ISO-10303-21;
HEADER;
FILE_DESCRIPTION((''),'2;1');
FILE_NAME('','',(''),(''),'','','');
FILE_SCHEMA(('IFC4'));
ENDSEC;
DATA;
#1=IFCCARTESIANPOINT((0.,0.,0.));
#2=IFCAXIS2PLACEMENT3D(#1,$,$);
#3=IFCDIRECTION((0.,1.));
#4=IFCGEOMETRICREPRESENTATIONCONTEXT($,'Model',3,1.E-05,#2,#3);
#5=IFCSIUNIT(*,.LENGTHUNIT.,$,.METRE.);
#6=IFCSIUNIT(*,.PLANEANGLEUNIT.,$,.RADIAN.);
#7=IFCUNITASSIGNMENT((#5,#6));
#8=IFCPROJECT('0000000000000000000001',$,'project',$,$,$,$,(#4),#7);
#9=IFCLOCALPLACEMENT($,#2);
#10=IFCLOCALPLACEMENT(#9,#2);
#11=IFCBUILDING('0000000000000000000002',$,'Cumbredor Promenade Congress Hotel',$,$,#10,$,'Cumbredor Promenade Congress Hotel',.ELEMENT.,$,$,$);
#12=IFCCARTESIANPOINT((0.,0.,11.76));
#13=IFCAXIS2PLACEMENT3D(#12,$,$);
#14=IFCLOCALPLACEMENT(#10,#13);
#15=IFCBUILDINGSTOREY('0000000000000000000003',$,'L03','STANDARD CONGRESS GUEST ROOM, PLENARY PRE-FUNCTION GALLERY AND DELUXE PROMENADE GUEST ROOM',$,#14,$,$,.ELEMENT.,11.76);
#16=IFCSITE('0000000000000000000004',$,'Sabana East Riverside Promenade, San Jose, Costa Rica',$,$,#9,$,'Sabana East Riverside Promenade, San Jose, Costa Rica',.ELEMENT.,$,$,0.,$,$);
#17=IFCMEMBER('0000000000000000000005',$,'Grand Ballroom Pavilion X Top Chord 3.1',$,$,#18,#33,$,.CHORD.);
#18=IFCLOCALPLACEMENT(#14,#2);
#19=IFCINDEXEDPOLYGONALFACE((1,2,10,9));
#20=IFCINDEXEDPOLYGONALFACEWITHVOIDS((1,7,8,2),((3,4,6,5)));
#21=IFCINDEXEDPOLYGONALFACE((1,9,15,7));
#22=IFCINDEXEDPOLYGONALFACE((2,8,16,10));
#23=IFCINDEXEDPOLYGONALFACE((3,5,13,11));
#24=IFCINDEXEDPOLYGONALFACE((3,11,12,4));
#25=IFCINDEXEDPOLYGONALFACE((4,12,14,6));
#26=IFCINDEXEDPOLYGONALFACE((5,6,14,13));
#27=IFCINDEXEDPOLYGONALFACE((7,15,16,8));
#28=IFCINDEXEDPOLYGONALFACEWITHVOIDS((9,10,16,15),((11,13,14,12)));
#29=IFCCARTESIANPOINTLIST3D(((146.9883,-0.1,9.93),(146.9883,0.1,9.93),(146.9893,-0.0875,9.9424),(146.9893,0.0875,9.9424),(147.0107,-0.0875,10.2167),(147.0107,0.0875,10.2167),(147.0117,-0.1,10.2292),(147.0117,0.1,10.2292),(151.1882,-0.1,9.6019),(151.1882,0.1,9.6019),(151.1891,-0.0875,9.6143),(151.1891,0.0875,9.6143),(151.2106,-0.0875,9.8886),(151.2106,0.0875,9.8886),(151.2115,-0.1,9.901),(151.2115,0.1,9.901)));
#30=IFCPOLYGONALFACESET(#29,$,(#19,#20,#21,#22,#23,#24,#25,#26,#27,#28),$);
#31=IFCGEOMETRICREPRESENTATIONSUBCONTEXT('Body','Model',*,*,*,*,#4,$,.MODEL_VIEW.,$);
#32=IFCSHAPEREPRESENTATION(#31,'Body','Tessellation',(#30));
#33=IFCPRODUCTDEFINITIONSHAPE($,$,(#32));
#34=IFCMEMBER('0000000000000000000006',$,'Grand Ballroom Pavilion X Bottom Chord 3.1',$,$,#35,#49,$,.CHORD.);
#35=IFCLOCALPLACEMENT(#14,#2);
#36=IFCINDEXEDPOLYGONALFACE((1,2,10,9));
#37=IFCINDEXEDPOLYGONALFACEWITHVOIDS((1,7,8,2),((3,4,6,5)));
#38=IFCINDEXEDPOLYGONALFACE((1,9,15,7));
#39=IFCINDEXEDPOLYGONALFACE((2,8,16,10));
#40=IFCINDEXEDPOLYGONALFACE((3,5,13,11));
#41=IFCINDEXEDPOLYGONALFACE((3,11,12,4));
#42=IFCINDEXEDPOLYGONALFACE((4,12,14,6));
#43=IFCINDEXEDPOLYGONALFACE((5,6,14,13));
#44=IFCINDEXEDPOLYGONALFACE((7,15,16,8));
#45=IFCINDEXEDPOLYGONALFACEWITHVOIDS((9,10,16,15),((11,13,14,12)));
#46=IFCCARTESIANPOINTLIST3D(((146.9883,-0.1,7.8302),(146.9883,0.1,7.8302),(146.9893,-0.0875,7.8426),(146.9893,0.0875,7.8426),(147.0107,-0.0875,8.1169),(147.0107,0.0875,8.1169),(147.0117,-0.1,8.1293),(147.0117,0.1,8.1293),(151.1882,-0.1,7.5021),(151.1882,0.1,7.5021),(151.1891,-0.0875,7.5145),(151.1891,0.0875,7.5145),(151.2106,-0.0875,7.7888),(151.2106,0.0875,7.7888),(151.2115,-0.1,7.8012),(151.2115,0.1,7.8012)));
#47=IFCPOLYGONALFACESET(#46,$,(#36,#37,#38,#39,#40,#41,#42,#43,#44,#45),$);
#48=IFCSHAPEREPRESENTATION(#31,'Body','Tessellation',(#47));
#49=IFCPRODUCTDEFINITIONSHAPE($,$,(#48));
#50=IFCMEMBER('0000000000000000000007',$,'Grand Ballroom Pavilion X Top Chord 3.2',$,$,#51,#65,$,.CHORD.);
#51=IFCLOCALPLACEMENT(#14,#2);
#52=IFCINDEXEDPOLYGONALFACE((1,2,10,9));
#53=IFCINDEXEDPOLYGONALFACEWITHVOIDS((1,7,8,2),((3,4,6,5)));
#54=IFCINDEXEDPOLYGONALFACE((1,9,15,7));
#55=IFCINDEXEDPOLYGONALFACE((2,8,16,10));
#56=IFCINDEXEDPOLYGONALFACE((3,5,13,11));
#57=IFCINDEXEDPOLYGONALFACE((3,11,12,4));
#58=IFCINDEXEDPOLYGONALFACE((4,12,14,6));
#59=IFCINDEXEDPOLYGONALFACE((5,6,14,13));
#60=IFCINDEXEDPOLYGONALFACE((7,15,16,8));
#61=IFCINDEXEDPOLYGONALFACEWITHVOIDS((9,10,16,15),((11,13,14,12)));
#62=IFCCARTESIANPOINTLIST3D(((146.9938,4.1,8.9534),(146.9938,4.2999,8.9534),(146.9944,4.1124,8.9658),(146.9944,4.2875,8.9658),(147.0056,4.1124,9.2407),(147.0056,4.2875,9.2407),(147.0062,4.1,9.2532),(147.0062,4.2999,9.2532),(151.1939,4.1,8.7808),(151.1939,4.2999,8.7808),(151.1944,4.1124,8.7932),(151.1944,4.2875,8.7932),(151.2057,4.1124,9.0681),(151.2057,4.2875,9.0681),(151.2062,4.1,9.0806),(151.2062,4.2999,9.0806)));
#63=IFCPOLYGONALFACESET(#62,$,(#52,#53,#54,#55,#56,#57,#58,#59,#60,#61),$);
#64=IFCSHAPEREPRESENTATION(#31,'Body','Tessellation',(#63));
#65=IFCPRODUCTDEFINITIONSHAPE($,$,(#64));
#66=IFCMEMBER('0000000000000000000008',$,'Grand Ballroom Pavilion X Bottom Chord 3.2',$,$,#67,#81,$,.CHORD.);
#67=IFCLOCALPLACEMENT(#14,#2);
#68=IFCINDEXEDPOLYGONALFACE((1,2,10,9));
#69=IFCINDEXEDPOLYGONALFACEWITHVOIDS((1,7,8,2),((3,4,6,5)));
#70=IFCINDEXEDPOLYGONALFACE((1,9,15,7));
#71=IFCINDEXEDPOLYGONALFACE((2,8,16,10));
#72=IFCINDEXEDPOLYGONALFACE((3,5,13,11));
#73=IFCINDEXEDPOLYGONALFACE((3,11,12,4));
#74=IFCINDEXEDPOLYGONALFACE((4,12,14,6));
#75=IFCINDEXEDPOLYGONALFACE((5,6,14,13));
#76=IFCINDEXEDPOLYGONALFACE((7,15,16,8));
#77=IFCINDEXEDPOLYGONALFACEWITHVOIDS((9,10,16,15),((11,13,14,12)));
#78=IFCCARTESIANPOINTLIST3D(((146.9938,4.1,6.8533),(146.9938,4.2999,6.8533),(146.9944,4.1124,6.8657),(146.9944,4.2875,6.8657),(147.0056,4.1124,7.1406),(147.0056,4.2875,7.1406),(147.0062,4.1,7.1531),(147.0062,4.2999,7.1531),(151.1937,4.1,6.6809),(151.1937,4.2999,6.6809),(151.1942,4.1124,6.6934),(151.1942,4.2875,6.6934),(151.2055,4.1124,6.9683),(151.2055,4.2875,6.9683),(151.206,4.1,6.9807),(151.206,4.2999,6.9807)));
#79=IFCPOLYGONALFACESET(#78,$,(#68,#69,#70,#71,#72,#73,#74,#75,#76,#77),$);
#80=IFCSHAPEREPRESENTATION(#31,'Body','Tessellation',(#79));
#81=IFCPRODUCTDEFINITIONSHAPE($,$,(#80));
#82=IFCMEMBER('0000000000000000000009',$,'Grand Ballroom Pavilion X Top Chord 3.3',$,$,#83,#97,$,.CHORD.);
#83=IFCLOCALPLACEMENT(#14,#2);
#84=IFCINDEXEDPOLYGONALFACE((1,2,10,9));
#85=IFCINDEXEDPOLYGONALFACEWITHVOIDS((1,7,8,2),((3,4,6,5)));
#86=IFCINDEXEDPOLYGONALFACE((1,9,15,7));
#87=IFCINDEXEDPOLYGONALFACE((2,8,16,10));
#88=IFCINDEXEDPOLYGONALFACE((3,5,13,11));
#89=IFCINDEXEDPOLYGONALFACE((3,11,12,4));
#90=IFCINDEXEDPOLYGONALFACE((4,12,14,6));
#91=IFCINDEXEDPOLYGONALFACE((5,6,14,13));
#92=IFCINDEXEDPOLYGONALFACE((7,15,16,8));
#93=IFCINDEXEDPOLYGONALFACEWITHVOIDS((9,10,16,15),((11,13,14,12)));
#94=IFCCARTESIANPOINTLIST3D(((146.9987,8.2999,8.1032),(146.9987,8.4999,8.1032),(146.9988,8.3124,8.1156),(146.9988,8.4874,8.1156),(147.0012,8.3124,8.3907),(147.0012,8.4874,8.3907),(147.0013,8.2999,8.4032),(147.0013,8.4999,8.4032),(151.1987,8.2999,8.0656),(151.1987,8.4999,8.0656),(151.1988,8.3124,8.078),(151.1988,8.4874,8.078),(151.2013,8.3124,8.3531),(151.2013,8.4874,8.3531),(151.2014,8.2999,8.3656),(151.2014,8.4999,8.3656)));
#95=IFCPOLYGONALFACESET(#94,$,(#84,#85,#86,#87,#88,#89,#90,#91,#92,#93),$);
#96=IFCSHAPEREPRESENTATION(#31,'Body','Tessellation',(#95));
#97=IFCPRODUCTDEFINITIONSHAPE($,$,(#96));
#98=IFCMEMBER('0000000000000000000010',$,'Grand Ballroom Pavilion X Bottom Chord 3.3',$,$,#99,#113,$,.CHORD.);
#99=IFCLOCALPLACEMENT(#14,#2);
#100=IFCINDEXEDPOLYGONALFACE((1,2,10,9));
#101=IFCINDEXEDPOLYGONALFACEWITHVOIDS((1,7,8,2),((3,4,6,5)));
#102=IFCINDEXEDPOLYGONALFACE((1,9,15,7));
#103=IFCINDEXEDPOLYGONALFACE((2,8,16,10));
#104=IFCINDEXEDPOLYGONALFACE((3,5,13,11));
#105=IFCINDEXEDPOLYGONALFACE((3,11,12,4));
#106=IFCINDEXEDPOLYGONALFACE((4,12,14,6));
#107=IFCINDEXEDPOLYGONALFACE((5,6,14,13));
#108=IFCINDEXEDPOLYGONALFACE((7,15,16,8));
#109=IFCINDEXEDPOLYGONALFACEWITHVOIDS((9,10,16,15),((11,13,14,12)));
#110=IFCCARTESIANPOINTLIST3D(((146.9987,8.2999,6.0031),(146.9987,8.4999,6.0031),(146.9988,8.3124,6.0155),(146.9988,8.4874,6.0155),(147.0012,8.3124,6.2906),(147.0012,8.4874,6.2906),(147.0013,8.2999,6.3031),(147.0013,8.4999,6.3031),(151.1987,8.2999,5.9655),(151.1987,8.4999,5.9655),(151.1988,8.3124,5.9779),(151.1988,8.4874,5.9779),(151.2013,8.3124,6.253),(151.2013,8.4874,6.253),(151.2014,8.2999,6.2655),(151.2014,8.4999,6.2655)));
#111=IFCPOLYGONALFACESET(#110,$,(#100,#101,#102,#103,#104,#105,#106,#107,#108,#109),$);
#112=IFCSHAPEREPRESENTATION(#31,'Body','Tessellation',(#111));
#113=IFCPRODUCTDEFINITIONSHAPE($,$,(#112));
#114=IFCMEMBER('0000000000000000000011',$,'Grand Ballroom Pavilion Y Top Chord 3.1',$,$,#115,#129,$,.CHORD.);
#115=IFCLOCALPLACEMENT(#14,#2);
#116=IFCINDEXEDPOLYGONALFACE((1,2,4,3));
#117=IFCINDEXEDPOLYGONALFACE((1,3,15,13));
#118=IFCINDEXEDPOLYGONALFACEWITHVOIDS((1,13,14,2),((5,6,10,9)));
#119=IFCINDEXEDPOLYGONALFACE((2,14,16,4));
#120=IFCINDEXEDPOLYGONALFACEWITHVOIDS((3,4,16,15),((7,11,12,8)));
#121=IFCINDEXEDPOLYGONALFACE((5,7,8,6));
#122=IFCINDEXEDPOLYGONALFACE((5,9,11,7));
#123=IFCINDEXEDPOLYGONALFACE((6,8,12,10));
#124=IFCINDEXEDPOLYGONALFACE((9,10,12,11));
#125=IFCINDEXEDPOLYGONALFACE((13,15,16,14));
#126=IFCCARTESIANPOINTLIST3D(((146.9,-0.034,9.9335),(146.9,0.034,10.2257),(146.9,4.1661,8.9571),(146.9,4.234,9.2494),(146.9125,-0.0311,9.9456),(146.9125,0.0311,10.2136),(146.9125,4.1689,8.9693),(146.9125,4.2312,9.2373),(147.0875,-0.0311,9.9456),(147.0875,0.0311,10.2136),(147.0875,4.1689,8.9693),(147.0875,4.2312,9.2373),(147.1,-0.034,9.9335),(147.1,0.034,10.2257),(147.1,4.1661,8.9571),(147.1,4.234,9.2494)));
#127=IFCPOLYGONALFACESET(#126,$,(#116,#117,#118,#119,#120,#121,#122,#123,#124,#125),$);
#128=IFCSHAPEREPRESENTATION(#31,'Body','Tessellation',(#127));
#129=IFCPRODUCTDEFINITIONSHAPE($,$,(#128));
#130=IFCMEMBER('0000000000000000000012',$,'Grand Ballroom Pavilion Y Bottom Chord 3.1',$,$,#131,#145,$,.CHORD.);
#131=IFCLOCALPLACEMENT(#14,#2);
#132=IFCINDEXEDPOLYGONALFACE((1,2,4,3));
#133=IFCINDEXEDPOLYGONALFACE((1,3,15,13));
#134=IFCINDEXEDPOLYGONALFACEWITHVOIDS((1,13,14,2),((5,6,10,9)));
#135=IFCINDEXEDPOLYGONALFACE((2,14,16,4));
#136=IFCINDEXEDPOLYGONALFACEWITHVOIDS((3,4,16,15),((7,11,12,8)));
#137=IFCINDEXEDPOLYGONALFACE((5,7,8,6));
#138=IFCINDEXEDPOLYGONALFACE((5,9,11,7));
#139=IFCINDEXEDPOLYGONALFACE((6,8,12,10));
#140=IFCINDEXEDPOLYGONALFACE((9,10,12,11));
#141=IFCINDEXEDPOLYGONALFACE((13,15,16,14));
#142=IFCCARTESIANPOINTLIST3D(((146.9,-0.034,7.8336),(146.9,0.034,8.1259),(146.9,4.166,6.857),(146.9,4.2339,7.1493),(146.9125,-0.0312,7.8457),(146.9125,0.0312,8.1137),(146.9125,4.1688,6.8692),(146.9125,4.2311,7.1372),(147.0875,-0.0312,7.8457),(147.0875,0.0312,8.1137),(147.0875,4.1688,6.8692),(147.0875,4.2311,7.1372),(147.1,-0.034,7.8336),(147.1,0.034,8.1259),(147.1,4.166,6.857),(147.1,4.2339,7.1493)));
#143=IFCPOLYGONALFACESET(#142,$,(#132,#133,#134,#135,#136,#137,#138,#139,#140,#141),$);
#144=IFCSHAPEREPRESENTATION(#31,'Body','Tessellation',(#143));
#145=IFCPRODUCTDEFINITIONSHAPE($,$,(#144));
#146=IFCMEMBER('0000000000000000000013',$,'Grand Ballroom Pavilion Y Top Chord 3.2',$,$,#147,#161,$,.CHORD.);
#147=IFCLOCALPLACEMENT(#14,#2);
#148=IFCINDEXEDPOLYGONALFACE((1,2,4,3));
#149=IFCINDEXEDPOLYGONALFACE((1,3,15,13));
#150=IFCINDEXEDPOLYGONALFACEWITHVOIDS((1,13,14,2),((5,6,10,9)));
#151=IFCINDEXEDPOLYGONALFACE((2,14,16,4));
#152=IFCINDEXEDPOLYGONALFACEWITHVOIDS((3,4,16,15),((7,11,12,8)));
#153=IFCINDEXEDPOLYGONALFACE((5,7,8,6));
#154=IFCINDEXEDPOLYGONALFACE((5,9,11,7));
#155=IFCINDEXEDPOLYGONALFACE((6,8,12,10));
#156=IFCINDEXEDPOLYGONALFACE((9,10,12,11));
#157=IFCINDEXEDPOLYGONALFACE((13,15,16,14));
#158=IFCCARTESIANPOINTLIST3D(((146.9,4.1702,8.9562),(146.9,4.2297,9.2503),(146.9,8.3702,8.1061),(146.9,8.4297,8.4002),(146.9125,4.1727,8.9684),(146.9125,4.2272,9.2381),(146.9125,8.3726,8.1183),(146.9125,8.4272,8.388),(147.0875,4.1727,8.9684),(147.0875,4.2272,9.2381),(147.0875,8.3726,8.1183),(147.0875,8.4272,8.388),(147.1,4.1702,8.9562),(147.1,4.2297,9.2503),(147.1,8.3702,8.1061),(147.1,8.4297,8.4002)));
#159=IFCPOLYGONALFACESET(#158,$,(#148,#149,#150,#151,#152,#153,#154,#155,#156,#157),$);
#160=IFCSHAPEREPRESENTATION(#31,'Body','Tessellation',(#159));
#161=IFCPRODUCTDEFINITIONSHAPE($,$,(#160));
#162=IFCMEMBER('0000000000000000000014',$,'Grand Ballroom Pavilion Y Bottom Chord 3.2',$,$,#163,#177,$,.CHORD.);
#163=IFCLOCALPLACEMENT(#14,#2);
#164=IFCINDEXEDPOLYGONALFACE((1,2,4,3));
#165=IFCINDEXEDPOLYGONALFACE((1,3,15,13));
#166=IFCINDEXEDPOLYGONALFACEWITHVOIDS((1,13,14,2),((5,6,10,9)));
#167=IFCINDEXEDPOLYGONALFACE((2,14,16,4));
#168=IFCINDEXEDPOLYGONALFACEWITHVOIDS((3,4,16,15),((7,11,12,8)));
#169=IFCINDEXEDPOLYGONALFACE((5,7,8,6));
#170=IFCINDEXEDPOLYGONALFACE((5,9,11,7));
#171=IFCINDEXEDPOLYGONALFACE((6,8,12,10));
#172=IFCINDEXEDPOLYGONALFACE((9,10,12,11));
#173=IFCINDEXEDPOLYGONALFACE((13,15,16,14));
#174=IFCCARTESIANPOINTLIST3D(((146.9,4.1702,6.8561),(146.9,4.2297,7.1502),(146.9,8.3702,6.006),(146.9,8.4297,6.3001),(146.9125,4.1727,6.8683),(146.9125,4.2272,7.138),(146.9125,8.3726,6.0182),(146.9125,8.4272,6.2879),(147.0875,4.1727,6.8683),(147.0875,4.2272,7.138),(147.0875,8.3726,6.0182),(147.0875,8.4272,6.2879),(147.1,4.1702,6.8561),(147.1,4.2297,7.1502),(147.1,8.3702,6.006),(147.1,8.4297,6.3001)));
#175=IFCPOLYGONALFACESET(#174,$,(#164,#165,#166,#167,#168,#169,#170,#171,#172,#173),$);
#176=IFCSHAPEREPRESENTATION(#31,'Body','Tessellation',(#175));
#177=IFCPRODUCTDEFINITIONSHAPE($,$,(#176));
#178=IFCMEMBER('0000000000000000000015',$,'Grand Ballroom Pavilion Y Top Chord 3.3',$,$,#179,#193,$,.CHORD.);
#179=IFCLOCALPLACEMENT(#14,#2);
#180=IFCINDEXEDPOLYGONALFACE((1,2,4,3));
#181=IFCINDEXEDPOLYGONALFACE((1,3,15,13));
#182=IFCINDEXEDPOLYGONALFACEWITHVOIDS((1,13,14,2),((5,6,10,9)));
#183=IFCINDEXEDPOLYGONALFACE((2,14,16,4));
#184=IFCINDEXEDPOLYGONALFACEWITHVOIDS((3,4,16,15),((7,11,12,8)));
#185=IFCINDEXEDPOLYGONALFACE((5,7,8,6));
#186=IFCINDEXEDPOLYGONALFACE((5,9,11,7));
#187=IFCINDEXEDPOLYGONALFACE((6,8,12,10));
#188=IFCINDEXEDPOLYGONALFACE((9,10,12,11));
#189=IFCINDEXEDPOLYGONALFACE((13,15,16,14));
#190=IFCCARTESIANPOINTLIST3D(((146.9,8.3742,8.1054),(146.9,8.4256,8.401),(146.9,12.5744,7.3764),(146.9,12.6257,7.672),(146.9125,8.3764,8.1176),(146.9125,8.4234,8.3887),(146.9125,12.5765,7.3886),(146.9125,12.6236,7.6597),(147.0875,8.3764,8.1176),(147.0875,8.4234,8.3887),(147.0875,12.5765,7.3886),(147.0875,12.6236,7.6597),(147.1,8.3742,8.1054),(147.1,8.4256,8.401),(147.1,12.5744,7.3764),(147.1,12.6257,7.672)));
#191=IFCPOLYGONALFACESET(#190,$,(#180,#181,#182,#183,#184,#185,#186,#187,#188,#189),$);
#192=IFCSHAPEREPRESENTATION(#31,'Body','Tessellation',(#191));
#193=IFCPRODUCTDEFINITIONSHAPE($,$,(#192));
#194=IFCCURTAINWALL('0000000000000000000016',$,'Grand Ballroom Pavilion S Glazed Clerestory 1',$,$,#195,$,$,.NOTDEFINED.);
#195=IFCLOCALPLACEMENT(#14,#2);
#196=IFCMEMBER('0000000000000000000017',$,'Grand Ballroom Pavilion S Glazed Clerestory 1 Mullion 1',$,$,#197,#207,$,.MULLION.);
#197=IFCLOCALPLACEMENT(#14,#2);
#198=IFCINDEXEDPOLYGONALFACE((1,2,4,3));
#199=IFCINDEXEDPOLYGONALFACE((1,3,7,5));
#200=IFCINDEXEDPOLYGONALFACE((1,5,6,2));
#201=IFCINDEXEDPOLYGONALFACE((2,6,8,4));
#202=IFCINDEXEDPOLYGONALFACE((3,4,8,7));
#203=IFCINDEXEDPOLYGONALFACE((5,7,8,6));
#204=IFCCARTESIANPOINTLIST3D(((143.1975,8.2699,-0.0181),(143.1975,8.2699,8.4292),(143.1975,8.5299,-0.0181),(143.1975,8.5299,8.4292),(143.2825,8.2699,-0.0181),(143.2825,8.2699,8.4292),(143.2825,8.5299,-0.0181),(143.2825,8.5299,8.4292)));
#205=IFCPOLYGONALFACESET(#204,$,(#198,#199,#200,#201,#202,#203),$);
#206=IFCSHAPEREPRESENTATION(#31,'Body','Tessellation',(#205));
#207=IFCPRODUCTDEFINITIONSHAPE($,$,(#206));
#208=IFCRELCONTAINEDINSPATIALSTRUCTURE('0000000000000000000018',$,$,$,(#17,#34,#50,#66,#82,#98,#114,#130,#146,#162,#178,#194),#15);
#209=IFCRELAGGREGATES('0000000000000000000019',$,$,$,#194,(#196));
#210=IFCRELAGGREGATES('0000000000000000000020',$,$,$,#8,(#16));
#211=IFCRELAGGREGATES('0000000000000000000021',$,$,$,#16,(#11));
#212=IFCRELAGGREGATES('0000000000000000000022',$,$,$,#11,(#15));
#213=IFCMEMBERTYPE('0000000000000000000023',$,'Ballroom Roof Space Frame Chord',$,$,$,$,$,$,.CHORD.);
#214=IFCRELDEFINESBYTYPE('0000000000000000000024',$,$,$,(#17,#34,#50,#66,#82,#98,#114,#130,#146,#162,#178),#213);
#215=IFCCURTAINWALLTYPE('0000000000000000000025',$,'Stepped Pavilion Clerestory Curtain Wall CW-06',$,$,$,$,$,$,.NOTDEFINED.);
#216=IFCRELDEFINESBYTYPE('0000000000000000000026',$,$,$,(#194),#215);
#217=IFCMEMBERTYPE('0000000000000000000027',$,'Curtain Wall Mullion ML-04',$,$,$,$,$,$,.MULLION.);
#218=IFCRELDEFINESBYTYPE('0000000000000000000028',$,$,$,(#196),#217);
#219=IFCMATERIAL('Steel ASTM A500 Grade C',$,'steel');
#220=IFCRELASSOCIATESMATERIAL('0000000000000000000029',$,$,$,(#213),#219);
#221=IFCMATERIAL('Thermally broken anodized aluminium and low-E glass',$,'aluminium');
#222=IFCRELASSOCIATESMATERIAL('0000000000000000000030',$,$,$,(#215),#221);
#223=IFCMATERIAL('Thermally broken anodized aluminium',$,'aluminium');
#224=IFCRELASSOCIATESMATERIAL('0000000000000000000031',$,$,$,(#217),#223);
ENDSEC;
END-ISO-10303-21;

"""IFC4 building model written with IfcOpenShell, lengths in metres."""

from ifc_helpers import new_model, si_unit, direction, frame, origin, origin_2d, place, context, subcontext, project, spatial, rectangle, hollow_rectangle, extrude, material, material_profile, profile_set, type_object, element, aggregate, save


model = new_model("IFC4")

# Units and contexts
model_context = context("Model", 3, precision=1e-05, world=origin(), true_north=direction((0.0, 1.0)))
body_context = subcontext(model_context, "Body", "Model", "MODEL_VIEW")
ifc_project = project(units=[si_unit("LENGTHUNIT", "METRE"), si_unit("PLANEANGLEUNIT", "RADIAN")], contexts=[model_context])

# Site, building, storey
site_placement = place(None, origin())
site = spatial("IfcSite", under=ifc_project, at=site_placement, Name="Sabana East Riverside Promenade, San Jose, Costa Rica", LongName="Sabana East Riverside Promenade, San Jose, Costa Rica", CompositionType="ELEMENT", RefElevation=0.0)
building_placement = place(site_placement, origin())
building = spatial("IfcBuilding", under=site, at=building_placement, Name="Cumbredor Promenade Congress Hotel", LongName="Cumbredor Promenade Congress Hotel", CompositionType="ELEMENT")
storey_placement = place(building_placement, frame((0.0, 0.0, 11.76)))
storey = spatial("IfcBuildingStorey", under=building, at=storey_placement, Name="L03", Description="STANDARD CONGRESS GUEST ROOM, PLENARY PRE-FUNCTION GALLERY AND DELUXE PROMENADE GUEST ROOM", CompositionType="ELEMENT", Elevation=11.76)

# Members
ifc_material_1 = material(Name="Steel ASTM A500 Grade C", Category="steel")
ifc_material_profile_1 = material_profile(ifc_material_1, hollow_rectangle(XDim=0.2, YDim=0.3, WallThickness=0.0125, at=origin_2d()), Name="HSS 300x200x12.5")
ifc_profile_set_1 = profile_set([ifc_material_profile_1], Name="Steel ASTM A500 Grade C")
member_type_1 = type_object("IfcMemberType", Name="Ballroom Roof Space Frame Chord", PredefinedType="CHORD", material=ifc_profile_set_1)
for number, where, z_axis, x_axis, name in (
    (1, (147.0, 0.0, 10.0796), (0.996962, 0.0, -0.077889), (0.0, 1.0, 0.0), "Grand Ballroom Pavilion X Top Chord 3.1"),
    (2, (147.0, 0.0, 7.9797), (0.996962, 0.0, -0.077889), (0.0, 1.0, 0.0), "Grand Ballroom Pavilion X Bottom Chord 3.1"),
):
    element("IfcMember", number, at=place(storey_placement, frame(where, z_axis=z_axis, x_axis=x_axis)), inside=storey, type_object=member_type_1, Name=name, PredefinedType="CHORD", context=body_context, shape_type="SweptSolid", body=[
        extrude(hollow_rectangle(XDim=0.2, YDim=0.3, WallThickness=0.0125, at=origin_2d()), origin(), (0.0, 0.0, 1.0), 4.2126),
    ])
member_1_placement = place(storey_placement, frame((147.0, 4.2, 9.1033), z_axis=(0.999157, 0.0, -0.041063), x_axis=(0.0, 1.0, 0.0)))
element("IfcMember", 3, at=member_1_placement, inside=storey, type_object=member_type_1, Name="Grand Ballroom Pavilion X Top Chord 3.2", PredefinedType="CHORD", context=body_context, shape_type="SweptSolid", body=[
    extrude(hollow_rectangle(XDim=0.2, YDim=0.3, WallThickness=0.0125, at=origin_2d()), origin(), (0.0, 0.0, 1.0), 4.2036),
])
member_2_placement = place(storey_placement, frame((147.0, 4.2, 7.0032), z_axis=(0.999159, 0.0, -0.041005), x_axis=(0.0, 1.0, 0.0)))
element("IfcMember", 4, at=member_2_placement, inside=storey, type_object=member_type_1, Name="Grand Ballroom Pavilion X Bottom Chord 3.2", PredefinedType="CHORD", context=body_context, shape_type="SweptSolid", body=[
    extrude(hollow_rectangle(XDim=0.2, YDim=0.3, WallThickness=0.0125, at=origin_2d()), origin(), (0.0, 0.0, 1.0), 4.2034),
])
for number, where, z_axis, x_axis, name in (
    (5, (147.0, 8.3999, 8.2532), (0.99996, 0.0, -0.008952), (0.0, 1.0, 0.0), "Grand Ballroom Pavilion X Top Chord 3.3"),
    (6, (147.0, 8.3999, 6.1531), (0.99996, 0.0, -0.008952), (0.0, 1.0, 0.0), "Grand Ballroom Pavilion X Bottom Chord 3.3"),
):
    element("IfcMember", number, at=place(storey_placement, frame(where, z_axis=z_axis, x_axis=x_axis)), inside=storey, type_object=member_type_1, Name=name, PredefinedType="CHORD", context=body_context, shape_type="SweptSolid", body=[
        extrude(hollow_rectangle(XDim=0.2, YDim=0.3, WallThickness=0.0125, at=origin_2d()), origin(), (0.0, 0.0, 1.0), 4.2002),
    ])
for number, where, z_axis, x_axis, name in (
    (7, (147.0, 0.0, 10.0796), (0.0, 0.974029, -0.226422), (-1.0, 0.0, 0.0), "Grand Ballroom Pavilion Y Top Chord 3.1"),
    (8, (147.0, 0.0, 7.9797), (0.0, 0.974017, -0.226476), (-1.0, 0.0, 0.0), "Grand Ballroom Pavilion Y Bottom Chord 3.1"),
):
    element("IfcMember", number, at=place(storey_placement, frame(where, z_axis=z_axis, x_axis=x_axis)), inside=storey, type_object=member_type_1, Name=name, PredefinedType="CHORD", context=body_context, shape_type="SweptSolid", body=[
        extrude(hollow_rectangle(XDim=0.2, YDim=0.3, WallThickness=0.0125, at=origin_2d()), origin(), (0.0, 0.0, 1.0), 4.312),
    ])
for number, where, z_axis, x_axis, name in (
    (9, (147.0, 4.2, 9.1033), (0.0, 0.980124, -0.198384), (-1.0, 0.0, 0.0), "Grand Ballroom Pavilion Y Top Chord 3.2"),
    (10, (147.0, 4.2, 7.0032), (0.0, 0.980124, -0.198384), (-1.0, 0.0, 0.0), "Grand Ballroom Pavilion Y Bottom Chord 3.2"),
):
    element("IfcMember", number, at=place(storey_placement, frame(where, z_axis=z_axis, x_axis=x_axis)), inside=storey, type_object=member_type_1, Name=name, PredefinedType="CHORD", context=body_context, shape_type="SweptSolid", body=[
        extrude(hollow_rectangle(XDim=0.2, YDim=0.3, WallThickness=0.0125, at=origin_2d()), origin(), (0.0, 0.0, 1.0), 4.2852),
    ])
member_3_placement = place(storey_placement, frame((147.0, 8.3999, 8.2532), z_axis=(0.0, 0.98527, -0.171008), x_axis=(-1.0, 0.0, 0.0)))
element("IfcMember", 11, at=member_3_placement, inside=storey, type_object=member_type_1, Name="Grand Ballroom Pavilion Y Top Chord 3.3", PredefinedType="CHORD", context=body_context, shape_type="SweptSolid", body=[
    extrude(hollow_rectangle(XDim=0.2, YDim=0.3, WallThickness=0.0125, at=origin_2d()), origin(), (0.0, 0.0, 1.0), 4.2629),
])

# Curtain wall, member
ifc_material_2 = material(Name="Thermally broken anodized aluminium and low-E glass", Category="aluminium")
curtain_wall_type = type_object("IfcCurtainWallType", Name="Stepped Pavilion Clerestory Curtain Wall CW-06", PredefinedType="NOTDEFINED", material=ifc_material_2)
curtain_wall_placement = place(storey_placement, origin())
curtain_wall = element("IfcCurtainWall", 12, at=curtain_wall_placement, inside=storey, type_object=curtain_wall_type, Name="Grand Ballroom Pavilion S Glazed Clerestory 1", PredefinedType="NOTDEFINED")
ifc_material_3 = material(Name="Thermally broken anodized aluminium", Category="aluminium")
ifc_material_profile_2 = material_profile(ifc_material_3, rectangle(XDim=0.085, YDim=0.26, at=origin_2d()), Name="ALU MULLION CLERESTORY 85x260")
ifc_profile_set_2 = profile_set([ifc_material_profile_2], Name="Thermally broken anodized aluminium")
member_type_2 = type_object("IfcMemberType", Name="Curtain Wall Mullion ML-04", PredefinedType="MULLION", material=ifc_profile_set_2)
member_4_placement = place(storey_placement, frame((143.24, 8.3999, -0.0181), z_axis=(0.0, 0.0, 1.0), x_axis=(1.0, 0.0, 0.0)))
member_4 = element("IfcMember", 13, at=member_4_placement, type_object=member_type_2, Name="Grand Ballroom Pavilion S Glazed Clerestory 1 Mullion 1", PredefinedType="MULLION", context=body_context, shape_type="SweptSolid", body=[
    extrude(rectangle(XDim=0.085, YDim=0.26, at=origin_2d()), origin(), (0.0, 0.0, 1.0), 8.4473),
])

aggregate(curtain_wall, [member_4])

save(model, "model.ifc")
